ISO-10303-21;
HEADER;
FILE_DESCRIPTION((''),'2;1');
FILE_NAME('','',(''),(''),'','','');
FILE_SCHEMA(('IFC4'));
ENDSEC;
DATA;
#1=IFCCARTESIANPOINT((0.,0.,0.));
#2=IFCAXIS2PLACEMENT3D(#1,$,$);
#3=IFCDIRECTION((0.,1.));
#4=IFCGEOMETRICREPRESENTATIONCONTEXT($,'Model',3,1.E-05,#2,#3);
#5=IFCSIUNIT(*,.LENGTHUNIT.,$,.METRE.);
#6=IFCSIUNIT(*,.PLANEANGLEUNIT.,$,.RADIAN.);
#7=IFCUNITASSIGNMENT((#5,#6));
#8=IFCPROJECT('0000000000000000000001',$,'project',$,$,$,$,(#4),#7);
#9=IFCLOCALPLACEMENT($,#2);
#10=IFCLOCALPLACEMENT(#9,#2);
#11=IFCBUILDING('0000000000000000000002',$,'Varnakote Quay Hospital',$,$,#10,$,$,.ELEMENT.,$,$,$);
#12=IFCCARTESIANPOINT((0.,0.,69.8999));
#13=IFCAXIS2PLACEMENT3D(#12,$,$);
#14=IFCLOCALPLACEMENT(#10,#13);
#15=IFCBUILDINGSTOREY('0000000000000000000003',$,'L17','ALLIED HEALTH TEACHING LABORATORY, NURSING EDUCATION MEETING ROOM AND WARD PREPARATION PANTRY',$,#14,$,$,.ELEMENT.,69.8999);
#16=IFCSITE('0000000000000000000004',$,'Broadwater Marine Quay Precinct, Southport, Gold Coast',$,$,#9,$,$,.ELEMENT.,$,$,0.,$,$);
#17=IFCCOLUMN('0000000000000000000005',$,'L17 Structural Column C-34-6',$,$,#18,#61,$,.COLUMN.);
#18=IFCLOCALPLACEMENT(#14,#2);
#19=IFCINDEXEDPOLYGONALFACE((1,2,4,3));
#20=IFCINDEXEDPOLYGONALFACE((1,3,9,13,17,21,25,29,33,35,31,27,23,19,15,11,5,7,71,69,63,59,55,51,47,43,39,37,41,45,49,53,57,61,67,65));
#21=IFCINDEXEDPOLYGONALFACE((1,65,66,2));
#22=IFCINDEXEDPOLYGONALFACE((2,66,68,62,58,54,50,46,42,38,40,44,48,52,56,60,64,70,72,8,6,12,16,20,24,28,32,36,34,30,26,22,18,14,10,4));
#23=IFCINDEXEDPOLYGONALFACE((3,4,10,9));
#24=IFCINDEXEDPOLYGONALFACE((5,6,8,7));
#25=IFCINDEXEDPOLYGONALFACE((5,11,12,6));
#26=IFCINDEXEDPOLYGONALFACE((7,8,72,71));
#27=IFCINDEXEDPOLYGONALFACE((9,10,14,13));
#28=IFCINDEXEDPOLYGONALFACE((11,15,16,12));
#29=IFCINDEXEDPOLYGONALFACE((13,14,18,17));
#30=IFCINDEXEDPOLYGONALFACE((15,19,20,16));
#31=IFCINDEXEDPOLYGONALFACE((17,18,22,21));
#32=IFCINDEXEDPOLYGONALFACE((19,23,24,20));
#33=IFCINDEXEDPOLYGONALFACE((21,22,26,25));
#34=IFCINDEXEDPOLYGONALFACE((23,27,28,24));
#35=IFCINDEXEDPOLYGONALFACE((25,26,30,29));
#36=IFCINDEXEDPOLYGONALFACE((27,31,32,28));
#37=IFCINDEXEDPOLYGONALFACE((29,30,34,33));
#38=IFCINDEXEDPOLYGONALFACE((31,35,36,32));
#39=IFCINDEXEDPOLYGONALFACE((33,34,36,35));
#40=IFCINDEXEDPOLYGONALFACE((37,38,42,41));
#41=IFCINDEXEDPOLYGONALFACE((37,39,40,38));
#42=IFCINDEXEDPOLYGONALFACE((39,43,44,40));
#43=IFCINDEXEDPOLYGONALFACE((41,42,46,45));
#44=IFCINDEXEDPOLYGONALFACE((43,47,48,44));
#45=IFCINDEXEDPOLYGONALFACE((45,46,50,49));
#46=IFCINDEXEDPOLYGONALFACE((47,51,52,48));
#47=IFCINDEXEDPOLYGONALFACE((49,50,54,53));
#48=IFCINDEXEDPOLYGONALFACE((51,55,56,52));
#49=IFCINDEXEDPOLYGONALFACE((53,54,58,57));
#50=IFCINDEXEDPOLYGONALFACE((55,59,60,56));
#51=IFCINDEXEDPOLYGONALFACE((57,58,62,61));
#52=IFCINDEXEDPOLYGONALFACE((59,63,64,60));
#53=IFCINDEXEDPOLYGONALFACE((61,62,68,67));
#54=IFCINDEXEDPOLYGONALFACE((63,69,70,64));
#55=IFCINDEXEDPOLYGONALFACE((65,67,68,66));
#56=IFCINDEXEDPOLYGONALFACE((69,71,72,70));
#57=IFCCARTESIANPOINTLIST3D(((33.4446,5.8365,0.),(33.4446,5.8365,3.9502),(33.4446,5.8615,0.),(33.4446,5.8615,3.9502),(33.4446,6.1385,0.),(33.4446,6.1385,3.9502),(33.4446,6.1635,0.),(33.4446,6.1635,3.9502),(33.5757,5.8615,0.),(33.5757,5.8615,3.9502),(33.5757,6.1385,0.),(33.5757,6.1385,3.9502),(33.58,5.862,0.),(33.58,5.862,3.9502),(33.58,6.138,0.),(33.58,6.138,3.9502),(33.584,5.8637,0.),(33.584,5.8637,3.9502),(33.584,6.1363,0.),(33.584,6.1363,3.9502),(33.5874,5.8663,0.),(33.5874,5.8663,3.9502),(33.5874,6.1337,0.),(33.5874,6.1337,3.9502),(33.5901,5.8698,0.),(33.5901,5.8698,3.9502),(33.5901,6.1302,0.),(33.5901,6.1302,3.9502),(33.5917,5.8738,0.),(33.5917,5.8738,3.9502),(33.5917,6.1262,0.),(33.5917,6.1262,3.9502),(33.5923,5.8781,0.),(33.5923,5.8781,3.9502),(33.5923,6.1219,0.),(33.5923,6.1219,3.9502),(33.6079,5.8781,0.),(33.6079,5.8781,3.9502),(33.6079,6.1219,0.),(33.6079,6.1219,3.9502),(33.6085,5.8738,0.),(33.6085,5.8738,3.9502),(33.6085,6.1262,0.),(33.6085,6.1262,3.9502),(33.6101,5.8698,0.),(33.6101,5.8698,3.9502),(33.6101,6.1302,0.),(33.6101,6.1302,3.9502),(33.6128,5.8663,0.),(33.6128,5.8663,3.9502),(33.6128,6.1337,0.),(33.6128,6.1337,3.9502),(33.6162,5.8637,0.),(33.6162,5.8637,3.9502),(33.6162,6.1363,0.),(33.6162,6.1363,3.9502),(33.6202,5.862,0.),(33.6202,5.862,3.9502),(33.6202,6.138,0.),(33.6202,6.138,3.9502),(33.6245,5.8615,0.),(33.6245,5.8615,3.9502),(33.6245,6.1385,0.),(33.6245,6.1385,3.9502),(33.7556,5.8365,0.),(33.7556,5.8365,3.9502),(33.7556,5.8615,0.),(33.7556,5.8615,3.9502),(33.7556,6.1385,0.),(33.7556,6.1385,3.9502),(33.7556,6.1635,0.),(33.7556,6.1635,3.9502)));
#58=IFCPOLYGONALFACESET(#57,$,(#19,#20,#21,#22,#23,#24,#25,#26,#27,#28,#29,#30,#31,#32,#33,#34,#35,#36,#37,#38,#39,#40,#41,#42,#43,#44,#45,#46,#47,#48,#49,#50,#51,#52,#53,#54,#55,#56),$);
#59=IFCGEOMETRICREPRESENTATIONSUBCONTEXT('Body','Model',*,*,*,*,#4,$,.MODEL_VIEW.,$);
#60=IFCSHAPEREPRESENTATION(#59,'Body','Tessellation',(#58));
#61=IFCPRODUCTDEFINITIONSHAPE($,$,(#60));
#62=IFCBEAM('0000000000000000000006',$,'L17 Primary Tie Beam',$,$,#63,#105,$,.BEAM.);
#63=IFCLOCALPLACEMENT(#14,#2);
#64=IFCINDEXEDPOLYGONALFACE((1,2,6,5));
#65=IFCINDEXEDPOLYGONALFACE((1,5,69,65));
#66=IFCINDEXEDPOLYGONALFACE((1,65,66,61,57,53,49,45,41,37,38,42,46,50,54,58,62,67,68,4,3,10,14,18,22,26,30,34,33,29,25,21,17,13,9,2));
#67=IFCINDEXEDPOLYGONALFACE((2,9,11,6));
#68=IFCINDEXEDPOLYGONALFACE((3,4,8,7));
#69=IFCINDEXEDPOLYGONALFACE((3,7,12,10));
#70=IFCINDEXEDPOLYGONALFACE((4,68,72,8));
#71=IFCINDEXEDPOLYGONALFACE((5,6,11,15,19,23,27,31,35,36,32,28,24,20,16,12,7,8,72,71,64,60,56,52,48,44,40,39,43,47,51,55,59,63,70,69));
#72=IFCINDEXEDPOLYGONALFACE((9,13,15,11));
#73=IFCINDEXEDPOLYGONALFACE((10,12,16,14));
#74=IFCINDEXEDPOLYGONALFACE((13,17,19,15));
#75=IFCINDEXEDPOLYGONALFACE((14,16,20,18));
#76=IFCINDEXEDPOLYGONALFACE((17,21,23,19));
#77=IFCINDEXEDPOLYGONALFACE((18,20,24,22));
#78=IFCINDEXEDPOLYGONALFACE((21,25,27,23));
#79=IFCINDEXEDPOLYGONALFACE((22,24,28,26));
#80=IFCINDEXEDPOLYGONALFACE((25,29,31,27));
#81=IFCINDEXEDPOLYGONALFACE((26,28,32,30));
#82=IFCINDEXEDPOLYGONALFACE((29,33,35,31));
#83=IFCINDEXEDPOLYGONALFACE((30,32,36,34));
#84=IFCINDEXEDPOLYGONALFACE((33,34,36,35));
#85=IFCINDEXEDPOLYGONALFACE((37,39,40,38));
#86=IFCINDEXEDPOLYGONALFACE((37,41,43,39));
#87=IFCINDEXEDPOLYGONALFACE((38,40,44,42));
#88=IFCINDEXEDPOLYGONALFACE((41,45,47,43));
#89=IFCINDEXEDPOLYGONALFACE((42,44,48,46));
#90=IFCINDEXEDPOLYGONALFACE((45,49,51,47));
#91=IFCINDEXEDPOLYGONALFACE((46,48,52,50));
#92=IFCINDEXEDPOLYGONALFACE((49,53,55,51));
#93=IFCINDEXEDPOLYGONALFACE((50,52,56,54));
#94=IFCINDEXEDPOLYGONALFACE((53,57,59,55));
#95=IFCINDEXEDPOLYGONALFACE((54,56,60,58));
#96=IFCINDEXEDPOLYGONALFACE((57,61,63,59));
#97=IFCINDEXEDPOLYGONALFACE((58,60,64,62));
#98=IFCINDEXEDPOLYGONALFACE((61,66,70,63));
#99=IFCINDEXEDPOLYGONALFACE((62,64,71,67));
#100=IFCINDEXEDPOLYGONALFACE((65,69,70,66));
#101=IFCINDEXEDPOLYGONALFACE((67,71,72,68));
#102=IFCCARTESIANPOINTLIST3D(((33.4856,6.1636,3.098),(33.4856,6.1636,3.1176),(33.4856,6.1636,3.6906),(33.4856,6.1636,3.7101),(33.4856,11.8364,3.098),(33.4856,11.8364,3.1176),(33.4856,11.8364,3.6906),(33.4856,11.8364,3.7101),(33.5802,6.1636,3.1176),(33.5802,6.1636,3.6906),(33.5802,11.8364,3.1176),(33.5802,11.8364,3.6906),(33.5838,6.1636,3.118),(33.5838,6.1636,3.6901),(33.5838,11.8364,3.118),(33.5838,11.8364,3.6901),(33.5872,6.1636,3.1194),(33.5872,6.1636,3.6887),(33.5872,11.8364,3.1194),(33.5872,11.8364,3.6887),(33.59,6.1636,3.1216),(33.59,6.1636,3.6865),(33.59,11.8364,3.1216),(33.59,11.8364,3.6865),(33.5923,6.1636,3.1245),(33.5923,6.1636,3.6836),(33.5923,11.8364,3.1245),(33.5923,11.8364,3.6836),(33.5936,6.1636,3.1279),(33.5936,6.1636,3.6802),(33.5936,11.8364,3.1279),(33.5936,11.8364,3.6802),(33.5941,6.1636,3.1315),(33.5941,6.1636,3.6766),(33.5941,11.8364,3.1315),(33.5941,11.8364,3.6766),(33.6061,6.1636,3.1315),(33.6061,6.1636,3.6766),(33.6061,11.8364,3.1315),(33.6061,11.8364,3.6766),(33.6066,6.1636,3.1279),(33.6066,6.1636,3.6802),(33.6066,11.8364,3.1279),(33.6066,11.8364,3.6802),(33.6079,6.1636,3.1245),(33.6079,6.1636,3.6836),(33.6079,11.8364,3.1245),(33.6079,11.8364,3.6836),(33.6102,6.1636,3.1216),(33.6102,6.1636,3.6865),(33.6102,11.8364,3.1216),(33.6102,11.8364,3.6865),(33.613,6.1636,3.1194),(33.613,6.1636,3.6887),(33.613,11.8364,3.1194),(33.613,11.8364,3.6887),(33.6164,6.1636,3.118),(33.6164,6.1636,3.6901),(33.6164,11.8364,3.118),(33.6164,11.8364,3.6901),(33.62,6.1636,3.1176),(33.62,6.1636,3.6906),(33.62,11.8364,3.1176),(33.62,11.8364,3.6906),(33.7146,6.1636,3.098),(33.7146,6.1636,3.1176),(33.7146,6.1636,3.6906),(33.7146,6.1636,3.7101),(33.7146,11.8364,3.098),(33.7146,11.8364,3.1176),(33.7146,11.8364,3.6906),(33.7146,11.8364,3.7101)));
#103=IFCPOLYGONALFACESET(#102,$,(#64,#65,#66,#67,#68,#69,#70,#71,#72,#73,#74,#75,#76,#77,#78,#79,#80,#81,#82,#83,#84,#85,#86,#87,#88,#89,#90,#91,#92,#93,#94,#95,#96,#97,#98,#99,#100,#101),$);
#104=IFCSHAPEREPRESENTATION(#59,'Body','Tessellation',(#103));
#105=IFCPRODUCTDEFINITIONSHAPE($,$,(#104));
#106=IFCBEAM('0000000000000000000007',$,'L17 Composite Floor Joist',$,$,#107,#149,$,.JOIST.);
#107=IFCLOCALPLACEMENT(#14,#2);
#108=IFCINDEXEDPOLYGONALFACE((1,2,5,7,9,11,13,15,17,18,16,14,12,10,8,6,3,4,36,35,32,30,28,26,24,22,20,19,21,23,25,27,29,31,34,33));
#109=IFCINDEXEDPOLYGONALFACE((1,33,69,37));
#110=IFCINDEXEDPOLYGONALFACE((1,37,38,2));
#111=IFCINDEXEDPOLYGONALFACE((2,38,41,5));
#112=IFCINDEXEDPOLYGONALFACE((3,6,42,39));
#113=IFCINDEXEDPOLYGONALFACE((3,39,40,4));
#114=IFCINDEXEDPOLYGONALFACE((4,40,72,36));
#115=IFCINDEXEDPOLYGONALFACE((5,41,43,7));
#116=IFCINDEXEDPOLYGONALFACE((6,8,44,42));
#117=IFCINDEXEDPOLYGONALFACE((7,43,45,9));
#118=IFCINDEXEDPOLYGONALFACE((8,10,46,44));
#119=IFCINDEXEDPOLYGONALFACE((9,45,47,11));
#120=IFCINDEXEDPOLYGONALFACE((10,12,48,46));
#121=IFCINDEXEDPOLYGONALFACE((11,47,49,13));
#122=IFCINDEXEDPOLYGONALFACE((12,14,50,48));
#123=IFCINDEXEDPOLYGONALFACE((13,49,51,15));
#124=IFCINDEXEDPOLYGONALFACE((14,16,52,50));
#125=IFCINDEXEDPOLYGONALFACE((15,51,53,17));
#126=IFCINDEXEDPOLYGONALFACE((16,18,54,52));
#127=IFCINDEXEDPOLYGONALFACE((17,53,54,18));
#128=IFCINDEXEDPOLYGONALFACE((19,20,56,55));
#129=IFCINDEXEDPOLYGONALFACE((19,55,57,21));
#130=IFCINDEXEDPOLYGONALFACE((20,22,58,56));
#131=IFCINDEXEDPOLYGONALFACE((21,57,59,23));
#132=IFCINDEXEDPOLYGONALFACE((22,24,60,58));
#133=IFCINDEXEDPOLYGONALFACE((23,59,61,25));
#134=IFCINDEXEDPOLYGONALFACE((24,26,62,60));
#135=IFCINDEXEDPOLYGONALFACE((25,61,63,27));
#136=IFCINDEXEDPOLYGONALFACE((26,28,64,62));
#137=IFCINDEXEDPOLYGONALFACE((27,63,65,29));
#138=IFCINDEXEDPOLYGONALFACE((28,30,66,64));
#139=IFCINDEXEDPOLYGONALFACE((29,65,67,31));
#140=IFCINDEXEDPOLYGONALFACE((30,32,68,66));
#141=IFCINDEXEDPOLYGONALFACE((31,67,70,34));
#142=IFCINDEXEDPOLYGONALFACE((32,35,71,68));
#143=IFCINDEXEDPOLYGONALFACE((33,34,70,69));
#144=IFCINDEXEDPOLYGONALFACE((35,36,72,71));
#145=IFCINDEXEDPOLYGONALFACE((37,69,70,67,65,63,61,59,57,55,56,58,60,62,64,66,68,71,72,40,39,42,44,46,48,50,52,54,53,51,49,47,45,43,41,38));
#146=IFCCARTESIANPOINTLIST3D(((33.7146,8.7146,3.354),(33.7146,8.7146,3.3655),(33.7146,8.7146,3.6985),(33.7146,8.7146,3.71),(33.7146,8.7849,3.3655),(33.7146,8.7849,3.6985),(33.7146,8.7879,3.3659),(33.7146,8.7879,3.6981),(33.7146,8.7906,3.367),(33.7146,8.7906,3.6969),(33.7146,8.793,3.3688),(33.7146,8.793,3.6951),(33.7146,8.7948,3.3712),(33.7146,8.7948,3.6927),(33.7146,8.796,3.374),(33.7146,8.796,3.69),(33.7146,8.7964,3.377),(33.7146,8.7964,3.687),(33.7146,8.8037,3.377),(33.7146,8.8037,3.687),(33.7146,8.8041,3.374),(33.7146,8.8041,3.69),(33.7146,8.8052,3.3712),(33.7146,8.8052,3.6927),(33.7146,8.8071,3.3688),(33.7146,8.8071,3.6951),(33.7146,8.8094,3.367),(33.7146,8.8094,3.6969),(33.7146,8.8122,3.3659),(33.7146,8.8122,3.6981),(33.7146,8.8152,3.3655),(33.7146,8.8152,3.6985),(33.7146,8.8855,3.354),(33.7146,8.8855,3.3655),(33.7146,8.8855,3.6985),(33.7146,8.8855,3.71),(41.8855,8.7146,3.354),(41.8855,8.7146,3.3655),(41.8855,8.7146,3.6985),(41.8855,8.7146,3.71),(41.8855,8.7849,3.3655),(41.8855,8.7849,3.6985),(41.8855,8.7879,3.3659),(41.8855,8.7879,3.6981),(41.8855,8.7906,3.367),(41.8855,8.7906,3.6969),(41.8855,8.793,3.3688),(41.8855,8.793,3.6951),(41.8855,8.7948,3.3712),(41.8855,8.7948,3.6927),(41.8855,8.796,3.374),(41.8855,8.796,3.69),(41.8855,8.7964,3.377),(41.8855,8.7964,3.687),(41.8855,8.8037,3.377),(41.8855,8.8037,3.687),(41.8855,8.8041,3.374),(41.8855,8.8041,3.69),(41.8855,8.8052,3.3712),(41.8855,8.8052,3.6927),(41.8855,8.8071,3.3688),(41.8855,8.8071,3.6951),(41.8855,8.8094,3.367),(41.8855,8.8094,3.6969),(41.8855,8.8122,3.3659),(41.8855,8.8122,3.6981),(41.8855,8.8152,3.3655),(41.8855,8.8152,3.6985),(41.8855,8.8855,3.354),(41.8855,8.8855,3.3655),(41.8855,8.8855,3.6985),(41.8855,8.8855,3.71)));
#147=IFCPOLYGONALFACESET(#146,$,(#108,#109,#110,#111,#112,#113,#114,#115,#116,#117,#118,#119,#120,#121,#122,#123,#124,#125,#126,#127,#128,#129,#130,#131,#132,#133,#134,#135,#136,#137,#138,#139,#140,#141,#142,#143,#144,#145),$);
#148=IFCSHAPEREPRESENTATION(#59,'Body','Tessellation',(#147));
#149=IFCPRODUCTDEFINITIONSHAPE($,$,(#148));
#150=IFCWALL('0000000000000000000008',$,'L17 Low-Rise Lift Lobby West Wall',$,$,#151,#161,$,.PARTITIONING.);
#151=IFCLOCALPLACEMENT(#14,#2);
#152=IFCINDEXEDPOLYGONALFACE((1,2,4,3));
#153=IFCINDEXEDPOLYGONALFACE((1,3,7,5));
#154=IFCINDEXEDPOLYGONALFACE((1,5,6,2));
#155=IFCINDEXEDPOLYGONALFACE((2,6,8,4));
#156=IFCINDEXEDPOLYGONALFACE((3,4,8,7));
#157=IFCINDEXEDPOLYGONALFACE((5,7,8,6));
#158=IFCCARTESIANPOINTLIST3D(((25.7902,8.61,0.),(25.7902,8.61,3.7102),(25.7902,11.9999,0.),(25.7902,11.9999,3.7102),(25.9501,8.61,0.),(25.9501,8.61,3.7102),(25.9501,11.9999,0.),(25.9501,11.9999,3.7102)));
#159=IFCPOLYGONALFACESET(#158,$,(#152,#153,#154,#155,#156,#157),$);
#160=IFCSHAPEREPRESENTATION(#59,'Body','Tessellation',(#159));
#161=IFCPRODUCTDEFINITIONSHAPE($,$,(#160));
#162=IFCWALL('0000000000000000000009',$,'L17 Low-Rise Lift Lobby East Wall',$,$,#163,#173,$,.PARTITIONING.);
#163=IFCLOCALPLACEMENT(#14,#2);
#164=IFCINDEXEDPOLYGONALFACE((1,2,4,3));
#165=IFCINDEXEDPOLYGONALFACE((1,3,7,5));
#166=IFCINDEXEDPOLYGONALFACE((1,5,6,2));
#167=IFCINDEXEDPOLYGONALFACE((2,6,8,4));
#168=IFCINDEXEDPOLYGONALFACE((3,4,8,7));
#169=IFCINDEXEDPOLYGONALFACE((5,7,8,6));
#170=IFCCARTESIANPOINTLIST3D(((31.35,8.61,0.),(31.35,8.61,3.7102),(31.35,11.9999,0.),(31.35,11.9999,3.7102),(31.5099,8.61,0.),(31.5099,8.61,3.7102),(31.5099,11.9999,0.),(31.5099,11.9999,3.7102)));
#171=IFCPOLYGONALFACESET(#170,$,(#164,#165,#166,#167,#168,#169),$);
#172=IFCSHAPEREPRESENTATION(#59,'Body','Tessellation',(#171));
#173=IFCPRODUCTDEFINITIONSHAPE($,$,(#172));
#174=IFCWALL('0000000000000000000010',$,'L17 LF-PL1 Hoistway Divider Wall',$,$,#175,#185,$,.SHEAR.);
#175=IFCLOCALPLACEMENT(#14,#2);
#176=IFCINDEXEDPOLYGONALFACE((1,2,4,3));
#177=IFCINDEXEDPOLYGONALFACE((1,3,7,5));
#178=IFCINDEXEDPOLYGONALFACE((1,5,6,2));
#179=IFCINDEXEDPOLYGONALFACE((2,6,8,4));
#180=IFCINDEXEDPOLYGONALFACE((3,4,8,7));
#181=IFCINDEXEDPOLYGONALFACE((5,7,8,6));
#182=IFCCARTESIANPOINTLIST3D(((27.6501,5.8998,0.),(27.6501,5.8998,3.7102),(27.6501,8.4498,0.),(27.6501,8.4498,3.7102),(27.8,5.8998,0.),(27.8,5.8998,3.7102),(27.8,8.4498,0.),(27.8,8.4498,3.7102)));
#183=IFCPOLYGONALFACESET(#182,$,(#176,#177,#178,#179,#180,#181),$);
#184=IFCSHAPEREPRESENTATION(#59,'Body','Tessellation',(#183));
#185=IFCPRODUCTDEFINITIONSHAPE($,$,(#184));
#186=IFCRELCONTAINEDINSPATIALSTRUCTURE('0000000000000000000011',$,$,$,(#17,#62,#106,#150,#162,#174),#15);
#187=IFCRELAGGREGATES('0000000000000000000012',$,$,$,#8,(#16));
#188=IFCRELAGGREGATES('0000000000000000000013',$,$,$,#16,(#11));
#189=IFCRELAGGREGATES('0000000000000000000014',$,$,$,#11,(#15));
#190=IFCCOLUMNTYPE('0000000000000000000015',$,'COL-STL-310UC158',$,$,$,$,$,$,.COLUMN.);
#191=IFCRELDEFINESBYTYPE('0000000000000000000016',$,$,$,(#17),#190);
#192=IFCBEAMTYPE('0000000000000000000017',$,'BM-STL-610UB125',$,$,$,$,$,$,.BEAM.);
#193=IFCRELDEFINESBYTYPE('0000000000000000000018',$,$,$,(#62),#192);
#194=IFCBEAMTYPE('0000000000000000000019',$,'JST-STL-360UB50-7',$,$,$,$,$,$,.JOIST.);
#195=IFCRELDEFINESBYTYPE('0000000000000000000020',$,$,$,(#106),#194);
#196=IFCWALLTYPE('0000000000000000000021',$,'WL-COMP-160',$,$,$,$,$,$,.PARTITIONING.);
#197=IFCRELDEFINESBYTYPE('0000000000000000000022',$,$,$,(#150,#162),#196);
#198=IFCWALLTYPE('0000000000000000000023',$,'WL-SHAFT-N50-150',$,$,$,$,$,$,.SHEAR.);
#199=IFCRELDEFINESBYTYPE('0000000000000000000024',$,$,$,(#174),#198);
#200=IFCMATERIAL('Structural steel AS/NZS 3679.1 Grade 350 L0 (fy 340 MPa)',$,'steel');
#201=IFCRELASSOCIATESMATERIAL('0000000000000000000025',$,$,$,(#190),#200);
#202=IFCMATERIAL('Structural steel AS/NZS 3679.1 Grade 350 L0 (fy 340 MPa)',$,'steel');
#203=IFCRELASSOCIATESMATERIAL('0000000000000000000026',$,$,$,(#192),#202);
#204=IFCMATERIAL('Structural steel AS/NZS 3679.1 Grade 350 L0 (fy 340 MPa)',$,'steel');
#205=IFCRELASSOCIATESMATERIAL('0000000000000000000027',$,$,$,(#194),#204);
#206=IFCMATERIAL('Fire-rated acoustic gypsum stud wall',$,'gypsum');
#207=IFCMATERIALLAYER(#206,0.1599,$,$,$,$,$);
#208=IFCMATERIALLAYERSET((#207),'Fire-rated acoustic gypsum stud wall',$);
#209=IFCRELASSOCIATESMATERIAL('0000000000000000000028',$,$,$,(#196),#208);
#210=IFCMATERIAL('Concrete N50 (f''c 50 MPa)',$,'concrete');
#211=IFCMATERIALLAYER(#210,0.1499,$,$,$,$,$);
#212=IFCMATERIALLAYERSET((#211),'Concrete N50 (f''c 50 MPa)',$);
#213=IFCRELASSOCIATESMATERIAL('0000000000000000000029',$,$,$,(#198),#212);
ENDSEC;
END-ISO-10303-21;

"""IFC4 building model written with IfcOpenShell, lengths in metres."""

from ifc_helpers import new_model, si_unit, direction, frame, frame_2d, origin, origin_2d, place, context, subcontext, project, spatial, rectangle, i_section, extrude, material, layer, layer_set, material_profile, profile_set, type_object, element, save


model = new_model("IFC4")

# Units and contexts
model_context = context("Model", 3, precision=1e-05, world=origin(), true_north=direction((0.0, 1.0)))
body_context = subcontext(model_context, "Body", "Model", "MODEL_VIEW")
ifc_project = project(units=[si_unit("LENGTHUNIT", "METRE"), si_unit("PLANEANGLEUNIT", "RADIAN")], contexts=[model_context])

# Site, building, storey
site_placement = place(None, origin())
site = spatial("IfcSite", under=ifc_project, at=site_placement, Name="Broadwater Marine Quay Precinct, Southport, Gold Coast", CompositionType="ELEMENT", RefElevation=0.0)
building_placement = place(site_placement, origin())
building = spatial("IfcBuilding", under=site, at=building_placement, Name="Varnakote Quay Hospital", CompositionType="ELEMENT")
storey_placement = place(building_placement, frame((0.0, 0.0, 69.8999)))
storey = spatial("IfcBuildingStorey", under=building, at=storey_placement, Name="L17", Description="ALLIED HEALTH TEACHING LABORATORY, NURSING EDUCATION MEETING ROOM AND WARD PREPARATION PANTRY", CompositionType="ELEMENT", Elevation=69.8999)

# Column
ifc_material_1 = material(Name="Structural steel AS/NZS 3679.1 Grade 350 L0 (fy 340 MPa)", Category="steel")
ifc_material_profile_1 = material_profile(ifc_material_1, i_section(OverallWidth=0.311, OverallDepth=0.3269, WebThickness=0.0156, FlangeThickness=0.0249, FilletRadius=0.0166, at=origin_2d()), Name="310UC158")
ifc_profile_set_1 = profile_set([ifc_material_profile_1], Name="Structural steel AS/NZS 3679.1 Grade 350 L0 (fy 340 MPa)")
column_type = type_object("IfcColumnType", Name="COL-STL-310UC158", PredefinedType="COLUMN", material=ifc_profile_set_1)
column_placement = place(storey_placement, frame((33.6001, 6.0, 0.0), z_axis=(0.0, 0.0, 1.0), x_axis=(1.0, 0.0, 0.0)))
element("IfcColumn", 1, at=column_placement, inside=storey, type_object=column_type, Name="L17 Structural Column C-34-6", PredefinedType="COLUMN", context=body_context, shape_type="SweptSolid", body=[
    extrude(i_section(OverallWidth=0.311, OverallDepth=0.3269, WebThickness=0.0156, FlangeThickness=0.0249, FilletRadius=0.0166, at=origin_2d()), origin(), (0.0, 0.0, 1.0), 3.9502),
])

# Beams
ifc_material_2 = material(Name="Structural steel AS/NZS 3679.1 Grade 350 L0 (fy 340 MPa)", Category="steel")
ifc_material_profile_2 = material_profile(ifc_material_2, i_section(OverallWidth=0.229, OverallDepth=0.6121, WebThickness=0.012, FlangeThickness=0.0195, FilletRadius=0.0139, at=origin_2d()), Name="610UB125")
ifc_profile_set_2 = profile_set([ifc_material_profile_2], Name="Structural steel AS/NZS 3679.1 Grade 350 L0 (fy 340 MPa)")
beam_type_1 = type_object("IfcBeamType", Name="BM-STL-610UB125", PredefinedType="BEAM", material=ifc_profile_set_2)
beam_1_placement = place(storey_placement, frame((33.6001, 6.1636, 3.4041), z_axis=(0.0, 1.0, 0.0), x_axis=(-1.0, 0.0, 0.0)))
element("IfcBeam", 2, at=beam_1_placement, inside=storey, type_object=beam_type_1, Name="L17 Primary Tie Beam", PredefinedType="BEAM", context=body_context, shape_type="SweptSolid", body=[
    extrude(i_section(OverallWidth=0.229, OverallDepth=0.6121, WebThickness=0.012, FlangeThickness=0.0195, FilletRadius=0.0139, at=origin_2d()), origin(), (0.0, 0.0, 1.0), 5.6729),
])
ifc_material_3 = material(Name="Structural steel AS/NZS 3679.1 Grade 350 L0 (fy 340 MPa)", Category="steel")
ifc_material_profile_3 = material_profile(ifc_material_3, i_section(OverallWidth=0.1709, OverallDepth=0.356, WebThickness=0.0073, FlangeThickness=0.0115, FilletRadius=0.0115, at=origin_2d()), Name="360UB50.7")
ifc_profile_set_3 = profile_set([ifc_material_profile_3], Name="Structural steel AS/NZS 3679.1 Grade 350 L0 (fy 340 MPa)")
beam_type_2 = type_object("IfcBeamType", Name="JST-STL-360UB50-7", PredefinedType="JOIST", material=ifc_profile_set_3)
beam_2_placement = place(storey_placement, frame((33.7146, 8.8, 3.532), z_axis=(1.0, 0.0, 0.0), x_axis=(0.0, 1.0, 0.0)))
element("IfcBeam", 3, at=beam_2_placement, inside=storey, type_object=beam_type_2, Name="L17 Composite Floor Joist", PredefinedType="JOIST", context=body_context, shape_type="SweptSolid", body=[
    extrude(i_section(OverallWidth=0.1709, OverallDepth=0.356, WebThickness=0.0073, FlangeThickness=0.0115, FilletRadius=0.0115, at=origin_2d()), origin(), (0.0, 0.0, 1.0), 8.1709),
])

# Walls
ifc_material_4 = material(Name="Fire-rated acoustic gypsum stud wall", Category="gypsum")
ifc_layer_1 = layer(ifc_material_4, 0.1599)
ifc_layer_set_1 = layer_set([ifc_layer_1], Name="Fire-rated acoustic gypsum stud wall")
wall_type_1 = type_object("IfcWallType", Name="WL-COMP-160", PredefinedType="PARTITIONING", material=ifc_layer_set_1)
for number, where, z_axis, x_axis, name in (
    (4, (25.8701, 8.6101, 0.0), (0.0, 0.0, 1.0), (0.0, 1.0, 0.0), "L17 Low-Rise Lift Lobby West Wall"),
    (5, (31.4299, 8.6101, 0.0), (0.0, 0.0, 1.0), (0.0, 1.0, 0.0), "L17 Low-Rise Lift Lobby East Wall"),
):
    element("IfcWall", number, at=place(storey_placement, frame(where, z_axis=z_axis, x_axis=x_axis)), inside=storey, type_object=wall_type_1, Name=name, PredefinedType="PARTITIONING", context=body_context, shape_type="SweptSolid", body=[
        extrude(rectangle(XDim=3.3899, YDim=0.1599, at=frame_2d((1.6948, 0.0))), origin(), (0.0, 0.0, 1.0), 3.7102),
    ])
ifc_material_5 = material(Name="Concrete N50 (f'c 50 MPa)", Category="concrete")
ifc_layer_2 = layer(ifc_material_5, 0.1499)
ifc_layer_set_2 = layer_set([ifc_layer_2], Name="Concrete N50 (f'c 50 MPa)")
wall_type_2 = type_object("IfcWallType", Name="WL-SHAFT-N50-150", PredefinedType="SHEAR", material=ifc_layer_set_2)
for number, where, z_axis, x_axis, name in (
    (6, (27.7251, 5.8999, 0.0), (0.0, 0.0, 1.0), (0.0, 1.0, 0.0), "L17 LF-PL1 Hoistway Divider Wall"),
):
    element("IfcWall", number, at=place(storey_placement, frame(where, z_axis=z_axis, x_axis=x_axis)), inside=storey, type_object=wall_type_2, Name=name, PredefinedType="SHEAR", context=body_context, shape_type="SweptSolid", body=[
        extrude(rectangle(XDim=2.55, YDim=0.1499, at=frame_2d((1.2749, 0.0))), origin(), (0.0, 0.0, 1.0), 3.7102),
    ])

save(model, "model.ifc")
